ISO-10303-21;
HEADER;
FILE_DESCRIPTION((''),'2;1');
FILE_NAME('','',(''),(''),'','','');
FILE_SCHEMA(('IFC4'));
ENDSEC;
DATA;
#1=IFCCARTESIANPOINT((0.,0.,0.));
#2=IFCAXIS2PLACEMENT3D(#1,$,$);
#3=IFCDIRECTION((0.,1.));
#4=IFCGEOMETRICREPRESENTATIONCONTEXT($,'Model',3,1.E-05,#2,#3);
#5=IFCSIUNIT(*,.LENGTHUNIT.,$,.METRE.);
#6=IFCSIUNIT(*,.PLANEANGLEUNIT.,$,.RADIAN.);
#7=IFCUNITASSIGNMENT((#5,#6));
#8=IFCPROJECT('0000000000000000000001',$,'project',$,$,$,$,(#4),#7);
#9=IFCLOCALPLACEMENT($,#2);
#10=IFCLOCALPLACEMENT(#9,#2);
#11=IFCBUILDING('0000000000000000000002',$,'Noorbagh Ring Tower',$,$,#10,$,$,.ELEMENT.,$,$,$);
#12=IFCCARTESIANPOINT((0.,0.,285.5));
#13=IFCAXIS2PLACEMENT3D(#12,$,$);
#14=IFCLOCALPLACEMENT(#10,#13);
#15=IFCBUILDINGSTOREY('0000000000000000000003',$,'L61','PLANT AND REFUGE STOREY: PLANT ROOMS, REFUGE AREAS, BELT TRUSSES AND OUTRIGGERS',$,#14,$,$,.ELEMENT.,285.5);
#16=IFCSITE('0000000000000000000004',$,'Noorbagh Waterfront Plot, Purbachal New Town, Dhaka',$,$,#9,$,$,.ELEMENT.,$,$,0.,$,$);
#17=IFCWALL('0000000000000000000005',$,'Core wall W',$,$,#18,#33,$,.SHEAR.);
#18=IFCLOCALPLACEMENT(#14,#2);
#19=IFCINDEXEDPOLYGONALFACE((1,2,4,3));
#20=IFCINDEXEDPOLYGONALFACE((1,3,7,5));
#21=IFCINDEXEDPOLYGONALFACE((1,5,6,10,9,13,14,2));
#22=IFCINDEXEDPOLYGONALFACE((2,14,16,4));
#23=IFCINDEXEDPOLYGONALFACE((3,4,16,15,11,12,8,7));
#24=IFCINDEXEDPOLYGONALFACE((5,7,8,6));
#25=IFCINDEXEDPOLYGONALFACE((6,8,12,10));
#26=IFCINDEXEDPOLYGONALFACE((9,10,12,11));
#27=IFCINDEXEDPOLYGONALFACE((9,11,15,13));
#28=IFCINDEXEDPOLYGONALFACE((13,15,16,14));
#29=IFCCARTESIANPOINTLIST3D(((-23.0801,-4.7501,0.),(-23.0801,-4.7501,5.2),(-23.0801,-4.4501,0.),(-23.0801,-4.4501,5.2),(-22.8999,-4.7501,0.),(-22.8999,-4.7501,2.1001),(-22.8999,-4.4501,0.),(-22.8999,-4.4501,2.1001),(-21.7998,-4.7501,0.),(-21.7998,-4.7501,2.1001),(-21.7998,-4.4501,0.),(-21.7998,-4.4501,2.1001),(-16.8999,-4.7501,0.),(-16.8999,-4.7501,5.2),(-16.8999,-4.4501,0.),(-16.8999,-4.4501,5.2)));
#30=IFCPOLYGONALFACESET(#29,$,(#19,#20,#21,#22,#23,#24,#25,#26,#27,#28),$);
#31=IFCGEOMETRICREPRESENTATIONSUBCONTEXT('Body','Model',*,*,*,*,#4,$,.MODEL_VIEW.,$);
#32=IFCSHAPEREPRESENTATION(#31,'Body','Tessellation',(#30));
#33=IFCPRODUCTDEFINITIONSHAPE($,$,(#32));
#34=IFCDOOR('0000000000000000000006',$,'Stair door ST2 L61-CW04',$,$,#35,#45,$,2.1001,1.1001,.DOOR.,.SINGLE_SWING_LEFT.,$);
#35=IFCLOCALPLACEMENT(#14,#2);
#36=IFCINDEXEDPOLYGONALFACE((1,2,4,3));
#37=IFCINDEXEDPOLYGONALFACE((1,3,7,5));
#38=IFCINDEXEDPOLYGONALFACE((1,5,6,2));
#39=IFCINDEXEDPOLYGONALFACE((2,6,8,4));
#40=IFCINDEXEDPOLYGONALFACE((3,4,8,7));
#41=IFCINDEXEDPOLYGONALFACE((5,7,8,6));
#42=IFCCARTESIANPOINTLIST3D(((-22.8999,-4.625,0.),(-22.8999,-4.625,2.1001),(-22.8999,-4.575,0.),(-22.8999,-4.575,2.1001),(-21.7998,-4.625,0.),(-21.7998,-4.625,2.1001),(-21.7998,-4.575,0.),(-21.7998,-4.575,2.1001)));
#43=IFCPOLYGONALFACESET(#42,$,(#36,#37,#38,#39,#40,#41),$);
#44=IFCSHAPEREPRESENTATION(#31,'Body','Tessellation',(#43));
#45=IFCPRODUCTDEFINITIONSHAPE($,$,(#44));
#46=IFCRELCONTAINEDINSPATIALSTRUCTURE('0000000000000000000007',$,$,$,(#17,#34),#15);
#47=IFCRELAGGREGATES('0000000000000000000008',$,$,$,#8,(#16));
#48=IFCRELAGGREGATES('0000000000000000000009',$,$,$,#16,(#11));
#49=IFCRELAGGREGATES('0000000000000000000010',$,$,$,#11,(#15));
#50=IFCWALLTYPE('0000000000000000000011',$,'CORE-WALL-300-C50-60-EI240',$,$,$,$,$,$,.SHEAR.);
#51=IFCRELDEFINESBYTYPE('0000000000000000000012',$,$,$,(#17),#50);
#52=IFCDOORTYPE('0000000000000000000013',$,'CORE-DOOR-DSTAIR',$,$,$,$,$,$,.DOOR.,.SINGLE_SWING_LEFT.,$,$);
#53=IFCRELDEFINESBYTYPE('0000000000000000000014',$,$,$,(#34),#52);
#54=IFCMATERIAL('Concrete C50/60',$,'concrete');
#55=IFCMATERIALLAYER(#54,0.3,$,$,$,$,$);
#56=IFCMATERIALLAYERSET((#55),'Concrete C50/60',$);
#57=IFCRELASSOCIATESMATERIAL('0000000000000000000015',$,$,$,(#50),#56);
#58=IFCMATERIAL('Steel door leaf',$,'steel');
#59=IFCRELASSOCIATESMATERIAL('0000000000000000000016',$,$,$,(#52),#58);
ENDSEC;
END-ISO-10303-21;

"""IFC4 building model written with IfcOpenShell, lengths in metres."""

from ifc_helpers import new_model, si_unit, direction, frame, frame_2d, origin, place, context, subcontext, project, spatial, rectangle, extrude, material, layer, layer_set, type_object, element, fill, save


model = new_model("IFC4")

# Units and contexts
model_context = context("Model", 3, precision=1e-05, world=origin(), true_north=direction((0.0, 1.0)))
body_context = subcontext(model_context, "Body", "Model", "MODEL_VIEW")
ifc_project = project(units=[si_unit("LENGTHUNIT", "METRE"), si_unit("PLANEANGLEUNIT", "RADIAN")], contexts=[model_context])

# Site, building, storey
site_placement = place(None, origin())
site = spatial("IfcSite", under=ifc_project, at=site_placement, Name="Noorbagh Waterfront Plot, Purbachal New Town, Dhaka", CompositionType="ELEMENT", RefElevation=0.0)
building_placement = place(site_placement, origin())
building = spatial("IfcBuilding", under=site, at=building_placement, Name="Noorbagh Ring Tower", CompositionType="ELEMENT")
storey_placement = place(building_placement, frame((0.0, 0.0, 285.5)))
storey = spatial("IfcBuildingStorey", under=building, at=storey_placement, Name="L61", Description="PLANT AND REFUGE STOREY: PLANT ROOMS, REFUGE AREAS, BELT TRUSSES AND OUTRIGGERS", CompositionType="ELEMENT", Elevation=285.5)

# Wall, opening, door
ifc_material_1 = material(Name="Concrete C50/60", Category="concrete")
ifc_layer_1 = layer(ifc_material_1, 0.3)
ifc_layer_set_1 = layer_set([ifc_layer_1], Name="Concrete C50/60")
wall_type_1 = type_object("IfcWallType", Name="CORE-WALL-300-C50-60-EI240", PredefinedType="SHEAR", material=ifc_layer_set_1)
wall_1_placement = place(storey_placement, frame((-16.8999, -4.6001, 0.0), z_axis=(0.0, 0.0, 1.0), x_axis=(-1.0, 0.0, 0.0)))
wall_1 = element("IfcWall", 1, at=wall_1_placement, inside=storey, type_object=wall_type_1, Name="Core wall W", PredefinedType="SHEAR", context=body_context, shape_type="SweptSolid", body=[
    extrude(rectangle(XDim=6.1802, YDim=0.3, at=frame_2d((3.0901, 0.0))), origin(), (0.0, 0.0, 1.0), 5.2),
])
opening_placement = place(wall_1_placement, frame((4.8999, 0.0, 0.0)))
opening = element("IfcOpeningElement", 2, at=opening_placement, cuts=wall_1, PredefinedType="OPENING", context=body_context, shape_type="SweptSolid", body=[
    extrude(rectangle(XDim=1.1001, YDim=2.1001, at=frame_2d((0.55, 1.05))), frame((0.0, 0.1602, 0.0), z_axis=(0.0, -1.0, 0.0), x_axis=(1.0, 0.0, 0.0)), (0.0, 0.0, 1.0), 0.3201),
])
ifc_material_2 = material(Name="Steel door leaf", Category="steel")
door_type = type_object("IfcDoorType", Name="CORE-DOOR-DSTAIR", OperationType="SINGLE_SWING_LEFT", PredefinedType="DOOR", material=ifc_material_2)
door_placement = place(opening_placement, origin())
door = element("IfcDoor", 3, at=door_placement, inside=storey, type_object=door_type, Name="Stair door ST2 L61-CW04", OperationType="SINGLE_SWING_LEFT", OverallHeight=2.1001, OverallWidth=1.1001, PredefinedType="DOOR", context=body_context, shape_type="SweptSolid", body=[
    extrude(rectangle(XDim=1.1001, YDim=2.1001, at=frame_2d((0.55, 1.05))), frame((0.0, 0.0249, 0.0), z_axis=(0.0, -1.0, 0.0), x_axis=(1.0, 0.0, 0.0)), (0.0, 0.0, 1.0), 0.05),
])
fill(opening, door)

save(model, "model.ifc")
